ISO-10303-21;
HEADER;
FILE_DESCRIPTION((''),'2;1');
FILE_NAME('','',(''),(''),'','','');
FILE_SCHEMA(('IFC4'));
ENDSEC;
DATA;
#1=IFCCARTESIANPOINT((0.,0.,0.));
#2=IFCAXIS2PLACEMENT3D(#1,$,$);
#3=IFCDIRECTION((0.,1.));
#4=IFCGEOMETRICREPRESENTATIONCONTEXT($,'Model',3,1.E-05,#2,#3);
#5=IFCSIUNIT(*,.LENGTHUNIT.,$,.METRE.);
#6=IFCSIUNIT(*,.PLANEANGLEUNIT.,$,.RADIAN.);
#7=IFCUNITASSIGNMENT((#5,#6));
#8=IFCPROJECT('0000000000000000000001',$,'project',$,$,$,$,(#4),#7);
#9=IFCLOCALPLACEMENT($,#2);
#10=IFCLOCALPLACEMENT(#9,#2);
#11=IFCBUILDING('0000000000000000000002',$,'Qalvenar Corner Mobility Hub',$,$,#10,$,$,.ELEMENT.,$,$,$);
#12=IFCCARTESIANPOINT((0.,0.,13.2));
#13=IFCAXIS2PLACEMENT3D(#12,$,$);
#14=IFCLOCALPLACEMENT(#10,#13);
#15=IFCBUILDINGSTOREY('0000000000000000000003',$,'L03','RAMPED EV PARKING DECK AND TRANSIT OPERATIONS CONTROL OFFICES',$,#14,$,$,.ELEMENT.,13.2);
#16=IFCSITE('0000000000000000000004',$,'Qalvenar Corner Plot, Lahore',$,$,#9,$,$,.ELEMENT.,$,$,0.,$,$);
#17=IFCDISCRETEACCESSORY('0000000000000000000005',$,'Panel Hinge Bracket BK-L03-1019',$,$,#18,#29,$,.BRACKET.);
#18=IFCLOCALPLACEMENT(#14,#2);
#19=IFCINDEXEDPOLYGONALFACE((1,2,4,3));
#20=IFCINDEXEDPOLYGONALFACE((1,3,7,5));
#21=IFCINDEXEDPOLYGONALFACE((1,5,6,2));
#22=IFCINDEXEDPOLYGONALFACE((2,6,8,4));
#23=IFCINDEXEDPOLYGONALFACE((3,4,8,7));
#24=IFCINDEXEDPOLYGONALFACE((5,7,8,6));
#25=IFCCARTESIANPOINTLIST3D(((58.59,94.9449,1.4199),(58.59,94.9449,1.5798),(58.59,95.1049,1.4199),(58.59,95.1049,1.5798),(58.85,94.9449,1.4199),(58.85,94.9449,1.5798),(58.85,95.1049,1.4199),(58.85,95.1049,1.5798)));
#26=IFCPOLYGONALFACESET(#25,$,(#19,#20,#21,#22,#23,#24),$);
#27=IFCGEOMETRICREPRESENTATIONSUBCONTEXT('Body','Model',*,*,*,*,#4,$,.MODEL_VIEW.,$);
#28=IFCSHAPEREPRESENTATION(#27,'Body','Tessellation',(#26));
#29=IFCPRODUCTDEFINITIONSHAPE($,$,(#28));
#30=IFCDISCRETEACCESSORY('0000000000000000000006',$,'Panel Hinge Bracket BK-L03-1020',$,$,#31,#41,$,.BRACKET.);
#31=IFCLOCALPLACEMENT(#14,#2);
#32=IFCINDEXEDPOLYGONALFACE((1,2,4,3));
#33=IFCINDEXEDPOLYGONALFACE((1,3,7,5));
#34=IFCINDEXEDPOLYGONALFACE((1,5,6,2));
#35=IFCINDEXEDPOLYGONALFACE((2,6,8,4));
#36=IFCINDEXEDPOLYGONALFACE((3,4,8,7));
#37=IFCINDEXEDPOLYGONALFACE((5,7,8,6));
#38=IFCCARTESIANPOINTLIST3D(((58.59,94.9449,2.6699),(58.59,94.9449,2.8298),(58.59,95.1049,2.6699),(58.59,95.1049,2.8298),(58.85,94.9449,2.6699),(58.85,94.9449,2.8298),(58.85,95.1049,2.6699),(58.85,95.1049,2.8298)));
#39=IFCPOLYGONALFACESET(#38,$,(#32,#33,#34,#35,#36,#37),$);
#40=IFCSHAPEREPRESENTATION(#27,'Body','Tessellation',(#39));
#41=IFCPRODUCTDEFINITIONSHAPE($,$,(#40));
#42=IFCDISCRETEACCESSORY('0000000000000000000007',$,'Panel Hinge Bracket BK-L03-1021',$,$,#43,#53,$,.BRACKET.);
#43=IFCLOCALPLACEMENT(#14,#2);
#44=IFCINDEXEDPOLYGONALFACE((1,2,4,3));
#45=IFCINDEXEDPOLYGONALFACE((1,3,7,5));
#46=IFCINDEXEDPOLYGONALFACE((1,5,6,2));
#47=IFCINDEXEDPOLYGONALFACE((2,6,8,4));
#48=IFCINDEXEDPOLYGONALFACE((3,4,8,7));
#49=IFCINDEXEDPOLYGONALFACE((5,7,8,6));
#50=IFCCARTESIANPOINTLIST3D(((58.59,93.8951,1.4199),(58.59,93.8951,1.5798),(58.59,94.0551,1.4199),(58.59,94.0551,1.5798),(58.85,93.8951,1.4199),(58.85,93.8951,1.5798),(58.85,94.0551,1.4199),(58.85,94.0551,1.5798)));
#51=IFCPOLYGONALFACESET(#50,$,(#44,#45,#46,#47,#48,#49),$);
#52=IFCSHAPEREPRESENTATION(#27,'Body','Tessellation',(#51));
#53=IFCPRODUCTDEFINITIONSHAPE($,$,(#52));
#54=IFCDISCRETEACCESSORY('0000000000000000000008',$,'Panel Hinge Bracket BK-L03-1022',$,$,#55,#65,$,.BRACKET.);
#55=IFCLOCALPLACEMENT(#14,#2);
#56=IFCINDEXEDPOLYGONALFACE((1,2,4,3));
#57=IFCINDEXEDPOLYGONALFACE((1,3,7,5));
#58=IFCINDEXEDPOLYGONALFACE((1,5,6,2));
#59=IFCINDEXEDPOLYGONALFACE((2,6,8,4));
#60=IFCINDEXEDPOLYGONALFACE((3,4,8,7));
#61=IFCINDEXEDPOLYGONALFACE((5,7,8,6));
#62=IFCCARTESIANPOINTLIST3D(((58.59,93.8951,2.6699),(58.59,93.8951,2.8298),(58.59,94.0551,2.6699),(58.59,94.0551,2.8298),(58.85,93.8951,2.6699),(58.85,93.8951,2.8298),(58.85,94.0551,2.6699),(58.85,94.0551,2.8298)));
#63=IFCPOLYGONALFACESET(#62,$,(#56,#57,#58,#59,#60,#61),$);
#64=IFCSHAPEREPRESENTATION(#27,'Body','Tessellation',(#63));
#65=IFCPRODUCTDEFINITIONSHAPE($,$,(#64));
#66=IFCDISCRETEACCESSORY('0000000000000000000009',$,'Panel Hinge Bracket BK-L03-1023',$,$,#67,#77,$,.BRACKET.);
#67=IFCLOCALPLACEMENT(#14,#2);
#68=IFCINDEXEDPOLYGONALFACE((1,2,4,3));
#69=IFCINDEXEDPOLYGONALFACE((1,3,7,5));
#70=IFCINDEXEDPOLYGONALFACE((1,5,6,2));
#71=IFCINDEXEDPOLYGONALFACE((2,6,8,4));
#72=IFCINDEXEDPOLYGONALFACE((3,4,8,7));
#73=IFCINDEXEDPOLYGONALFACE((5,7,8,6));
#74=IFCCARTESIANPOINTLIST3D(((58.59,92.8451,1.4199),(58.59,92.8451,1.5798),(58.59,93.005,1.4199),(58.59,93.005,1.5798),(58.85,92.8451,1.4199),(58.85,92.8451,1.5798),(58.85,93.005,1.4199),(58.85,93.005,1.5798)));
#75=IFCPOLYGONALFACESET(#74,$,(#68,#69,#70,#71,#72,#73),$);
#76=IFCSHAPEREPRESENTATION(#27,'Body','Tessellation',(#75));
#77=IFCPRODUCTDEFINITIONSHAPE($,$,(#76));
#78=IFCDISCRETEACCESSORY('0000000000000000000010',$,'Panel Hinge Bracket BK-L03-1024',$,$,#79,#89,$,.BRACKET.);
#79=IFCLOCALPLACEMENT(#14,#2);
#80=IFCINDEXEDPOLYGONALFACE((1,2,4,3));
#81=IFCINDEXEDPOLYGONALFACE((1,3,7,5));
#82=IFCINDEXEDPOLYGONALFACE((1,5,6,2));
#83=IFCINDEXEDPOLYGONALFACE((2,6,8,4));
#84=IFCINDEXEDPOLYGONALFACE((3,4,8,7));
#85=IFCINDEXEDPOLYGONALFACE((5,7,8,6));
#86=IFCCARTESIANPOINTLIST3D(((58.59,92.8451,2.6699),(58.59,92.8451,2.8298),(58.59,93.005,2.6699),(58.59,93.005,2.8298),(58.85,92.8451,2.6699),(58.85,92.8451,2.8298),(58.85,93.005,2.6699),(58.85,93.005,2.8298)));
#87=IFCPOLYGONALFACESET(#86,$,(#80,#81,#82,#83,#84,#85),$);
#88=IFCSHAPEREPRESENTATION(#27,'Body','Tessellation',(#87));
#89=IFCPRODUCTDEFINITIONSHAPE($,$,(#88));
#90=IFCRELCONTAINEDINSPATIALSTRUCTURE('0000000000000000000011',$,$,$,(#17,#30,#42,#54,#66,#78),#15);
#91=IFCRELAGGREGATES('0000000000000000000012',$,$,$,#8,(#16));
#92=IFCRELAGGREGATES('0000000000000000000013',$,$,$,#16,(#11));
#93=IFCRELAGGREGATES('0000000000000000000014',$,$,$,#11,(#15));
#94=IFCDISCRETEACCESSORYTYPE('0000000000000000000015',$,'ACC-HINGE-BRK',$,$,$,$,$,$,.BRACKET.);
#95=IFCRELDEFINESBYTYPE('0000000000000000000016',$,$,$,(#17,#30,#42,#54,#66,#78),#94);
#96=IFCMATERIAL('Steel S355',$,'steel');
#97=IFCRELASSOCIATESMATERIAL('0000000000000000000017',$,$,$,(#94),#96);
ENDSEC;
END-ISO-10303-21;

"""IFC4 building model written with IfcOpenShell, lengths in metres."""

from ifc_helpers import new_model, si_unit, direction, frame, origin, origin_2d, place, context, subcontext, project, spatial, rectangle, extrude, material, type_object, element, save


model = new_model("IFC4")

# Units and contexts
model_context = context("Model", 3, precision=1e-05, world=origin(), true_north=direction((0.0, 1.0)))
body_context = subcontext(model_context, "Body", "Model", "MODEL_VIEW")
ifc_project = project(units=[si_unit("LENGTHUNIT", "METRE"), si_unit("PLANEANGLEUNIT", "RADIAN")], contexts=[model_context])

# Site, building, storey
site_placement = place(None, origin())
site = spatial("IfcSite", under=ifc_project, at=site_placement, Name="Qalvenar Corner Plot, Lahore", CompositionType="ELEMENT", RefElevation=0.0)
building_placement = place(site_placement, origin())
building = spatial("IfcBuilding", under=site, at=building_placement, Name="Qalvenar Corner Mobility Hub", CompositionType="ELEMENT")
storey_placement = place(building_placement, frame((0.0, 0.0, 13.2)))
storey = spatial("IfcBuildingStorey", under=building, at=storey_placement, Name="L03", Description="RAMPED EV PARKING DECK AND TRANSIT OPERATIONS CONTROL OFFICES", CompositionType="ELEMENT", Elevation=13.2)

# Shared definitions
ifc_material_1 = material(Name="Steel S355", Category="steel")

# Discrete accessories
discrete_accessory_type = type_object("IfcDiscreteAccessoryType", Name="ACC-HINGE-BRK", PredefinedType="BRACKET", material=ifc_material_1)
for number, where, z_axis, x_axis, name in (
    (1, (58.72, 95.0249, 1.4199), (0.0, 0.0, 1.0), (0.0, -1.0, 0.0), "Panel Hinge Bracket BK-L03-1019"),
    (2, (58.72, 95.0249, 2.6699), (0.0, 0.0, 1.0), (0.0, -1.0, 0.0), "Panel Hinge Bracket BK-L03-1020"),
    (3, (58.72, 93.9751, 1.4199), (0.0, 0.0, 1.0), (0.0, -1.0, 0.0), "Panel Hinge Bracket BK-L03-1021"),
    (4, (58.72, 93.9751, 2.6699), (0.0, 0.0, 1.0), (0.0, -1.0, 0.0), "Panel Hinge Bracket BK-L03-1022"),
    (5, (58.72, 92.925, 1.4199), (0.0, 0.0, 1.0), (0.0, -1.0, 0.0), "Panel Hinge Bracket BK-L03-1023"),
    (6, (58.72, 92.925, 2.6699), (0.0, 0.0, 1.0), (0.0, -1.0, 0.0), "Panel Hinge Bracket BK-L03-1024"),
):
    element("IfcDiscreteAccessory", number, at=place(storey_placement, frame(where, z_axis=z_axis, x_axis=x_axis)), inside=storey, type_object=discrete_accessory_type, Name=name, PredefinedType="BRACKET", context=body_context, shape_type="SweptSolid", body=[
        extrude(rectangle(XDim=0.1599, YDim=0.26, at=origin_2d()), origin(), (0.0, 0.0, 1.0), 0.1599),
    ])

save(model, "model.ifc")
